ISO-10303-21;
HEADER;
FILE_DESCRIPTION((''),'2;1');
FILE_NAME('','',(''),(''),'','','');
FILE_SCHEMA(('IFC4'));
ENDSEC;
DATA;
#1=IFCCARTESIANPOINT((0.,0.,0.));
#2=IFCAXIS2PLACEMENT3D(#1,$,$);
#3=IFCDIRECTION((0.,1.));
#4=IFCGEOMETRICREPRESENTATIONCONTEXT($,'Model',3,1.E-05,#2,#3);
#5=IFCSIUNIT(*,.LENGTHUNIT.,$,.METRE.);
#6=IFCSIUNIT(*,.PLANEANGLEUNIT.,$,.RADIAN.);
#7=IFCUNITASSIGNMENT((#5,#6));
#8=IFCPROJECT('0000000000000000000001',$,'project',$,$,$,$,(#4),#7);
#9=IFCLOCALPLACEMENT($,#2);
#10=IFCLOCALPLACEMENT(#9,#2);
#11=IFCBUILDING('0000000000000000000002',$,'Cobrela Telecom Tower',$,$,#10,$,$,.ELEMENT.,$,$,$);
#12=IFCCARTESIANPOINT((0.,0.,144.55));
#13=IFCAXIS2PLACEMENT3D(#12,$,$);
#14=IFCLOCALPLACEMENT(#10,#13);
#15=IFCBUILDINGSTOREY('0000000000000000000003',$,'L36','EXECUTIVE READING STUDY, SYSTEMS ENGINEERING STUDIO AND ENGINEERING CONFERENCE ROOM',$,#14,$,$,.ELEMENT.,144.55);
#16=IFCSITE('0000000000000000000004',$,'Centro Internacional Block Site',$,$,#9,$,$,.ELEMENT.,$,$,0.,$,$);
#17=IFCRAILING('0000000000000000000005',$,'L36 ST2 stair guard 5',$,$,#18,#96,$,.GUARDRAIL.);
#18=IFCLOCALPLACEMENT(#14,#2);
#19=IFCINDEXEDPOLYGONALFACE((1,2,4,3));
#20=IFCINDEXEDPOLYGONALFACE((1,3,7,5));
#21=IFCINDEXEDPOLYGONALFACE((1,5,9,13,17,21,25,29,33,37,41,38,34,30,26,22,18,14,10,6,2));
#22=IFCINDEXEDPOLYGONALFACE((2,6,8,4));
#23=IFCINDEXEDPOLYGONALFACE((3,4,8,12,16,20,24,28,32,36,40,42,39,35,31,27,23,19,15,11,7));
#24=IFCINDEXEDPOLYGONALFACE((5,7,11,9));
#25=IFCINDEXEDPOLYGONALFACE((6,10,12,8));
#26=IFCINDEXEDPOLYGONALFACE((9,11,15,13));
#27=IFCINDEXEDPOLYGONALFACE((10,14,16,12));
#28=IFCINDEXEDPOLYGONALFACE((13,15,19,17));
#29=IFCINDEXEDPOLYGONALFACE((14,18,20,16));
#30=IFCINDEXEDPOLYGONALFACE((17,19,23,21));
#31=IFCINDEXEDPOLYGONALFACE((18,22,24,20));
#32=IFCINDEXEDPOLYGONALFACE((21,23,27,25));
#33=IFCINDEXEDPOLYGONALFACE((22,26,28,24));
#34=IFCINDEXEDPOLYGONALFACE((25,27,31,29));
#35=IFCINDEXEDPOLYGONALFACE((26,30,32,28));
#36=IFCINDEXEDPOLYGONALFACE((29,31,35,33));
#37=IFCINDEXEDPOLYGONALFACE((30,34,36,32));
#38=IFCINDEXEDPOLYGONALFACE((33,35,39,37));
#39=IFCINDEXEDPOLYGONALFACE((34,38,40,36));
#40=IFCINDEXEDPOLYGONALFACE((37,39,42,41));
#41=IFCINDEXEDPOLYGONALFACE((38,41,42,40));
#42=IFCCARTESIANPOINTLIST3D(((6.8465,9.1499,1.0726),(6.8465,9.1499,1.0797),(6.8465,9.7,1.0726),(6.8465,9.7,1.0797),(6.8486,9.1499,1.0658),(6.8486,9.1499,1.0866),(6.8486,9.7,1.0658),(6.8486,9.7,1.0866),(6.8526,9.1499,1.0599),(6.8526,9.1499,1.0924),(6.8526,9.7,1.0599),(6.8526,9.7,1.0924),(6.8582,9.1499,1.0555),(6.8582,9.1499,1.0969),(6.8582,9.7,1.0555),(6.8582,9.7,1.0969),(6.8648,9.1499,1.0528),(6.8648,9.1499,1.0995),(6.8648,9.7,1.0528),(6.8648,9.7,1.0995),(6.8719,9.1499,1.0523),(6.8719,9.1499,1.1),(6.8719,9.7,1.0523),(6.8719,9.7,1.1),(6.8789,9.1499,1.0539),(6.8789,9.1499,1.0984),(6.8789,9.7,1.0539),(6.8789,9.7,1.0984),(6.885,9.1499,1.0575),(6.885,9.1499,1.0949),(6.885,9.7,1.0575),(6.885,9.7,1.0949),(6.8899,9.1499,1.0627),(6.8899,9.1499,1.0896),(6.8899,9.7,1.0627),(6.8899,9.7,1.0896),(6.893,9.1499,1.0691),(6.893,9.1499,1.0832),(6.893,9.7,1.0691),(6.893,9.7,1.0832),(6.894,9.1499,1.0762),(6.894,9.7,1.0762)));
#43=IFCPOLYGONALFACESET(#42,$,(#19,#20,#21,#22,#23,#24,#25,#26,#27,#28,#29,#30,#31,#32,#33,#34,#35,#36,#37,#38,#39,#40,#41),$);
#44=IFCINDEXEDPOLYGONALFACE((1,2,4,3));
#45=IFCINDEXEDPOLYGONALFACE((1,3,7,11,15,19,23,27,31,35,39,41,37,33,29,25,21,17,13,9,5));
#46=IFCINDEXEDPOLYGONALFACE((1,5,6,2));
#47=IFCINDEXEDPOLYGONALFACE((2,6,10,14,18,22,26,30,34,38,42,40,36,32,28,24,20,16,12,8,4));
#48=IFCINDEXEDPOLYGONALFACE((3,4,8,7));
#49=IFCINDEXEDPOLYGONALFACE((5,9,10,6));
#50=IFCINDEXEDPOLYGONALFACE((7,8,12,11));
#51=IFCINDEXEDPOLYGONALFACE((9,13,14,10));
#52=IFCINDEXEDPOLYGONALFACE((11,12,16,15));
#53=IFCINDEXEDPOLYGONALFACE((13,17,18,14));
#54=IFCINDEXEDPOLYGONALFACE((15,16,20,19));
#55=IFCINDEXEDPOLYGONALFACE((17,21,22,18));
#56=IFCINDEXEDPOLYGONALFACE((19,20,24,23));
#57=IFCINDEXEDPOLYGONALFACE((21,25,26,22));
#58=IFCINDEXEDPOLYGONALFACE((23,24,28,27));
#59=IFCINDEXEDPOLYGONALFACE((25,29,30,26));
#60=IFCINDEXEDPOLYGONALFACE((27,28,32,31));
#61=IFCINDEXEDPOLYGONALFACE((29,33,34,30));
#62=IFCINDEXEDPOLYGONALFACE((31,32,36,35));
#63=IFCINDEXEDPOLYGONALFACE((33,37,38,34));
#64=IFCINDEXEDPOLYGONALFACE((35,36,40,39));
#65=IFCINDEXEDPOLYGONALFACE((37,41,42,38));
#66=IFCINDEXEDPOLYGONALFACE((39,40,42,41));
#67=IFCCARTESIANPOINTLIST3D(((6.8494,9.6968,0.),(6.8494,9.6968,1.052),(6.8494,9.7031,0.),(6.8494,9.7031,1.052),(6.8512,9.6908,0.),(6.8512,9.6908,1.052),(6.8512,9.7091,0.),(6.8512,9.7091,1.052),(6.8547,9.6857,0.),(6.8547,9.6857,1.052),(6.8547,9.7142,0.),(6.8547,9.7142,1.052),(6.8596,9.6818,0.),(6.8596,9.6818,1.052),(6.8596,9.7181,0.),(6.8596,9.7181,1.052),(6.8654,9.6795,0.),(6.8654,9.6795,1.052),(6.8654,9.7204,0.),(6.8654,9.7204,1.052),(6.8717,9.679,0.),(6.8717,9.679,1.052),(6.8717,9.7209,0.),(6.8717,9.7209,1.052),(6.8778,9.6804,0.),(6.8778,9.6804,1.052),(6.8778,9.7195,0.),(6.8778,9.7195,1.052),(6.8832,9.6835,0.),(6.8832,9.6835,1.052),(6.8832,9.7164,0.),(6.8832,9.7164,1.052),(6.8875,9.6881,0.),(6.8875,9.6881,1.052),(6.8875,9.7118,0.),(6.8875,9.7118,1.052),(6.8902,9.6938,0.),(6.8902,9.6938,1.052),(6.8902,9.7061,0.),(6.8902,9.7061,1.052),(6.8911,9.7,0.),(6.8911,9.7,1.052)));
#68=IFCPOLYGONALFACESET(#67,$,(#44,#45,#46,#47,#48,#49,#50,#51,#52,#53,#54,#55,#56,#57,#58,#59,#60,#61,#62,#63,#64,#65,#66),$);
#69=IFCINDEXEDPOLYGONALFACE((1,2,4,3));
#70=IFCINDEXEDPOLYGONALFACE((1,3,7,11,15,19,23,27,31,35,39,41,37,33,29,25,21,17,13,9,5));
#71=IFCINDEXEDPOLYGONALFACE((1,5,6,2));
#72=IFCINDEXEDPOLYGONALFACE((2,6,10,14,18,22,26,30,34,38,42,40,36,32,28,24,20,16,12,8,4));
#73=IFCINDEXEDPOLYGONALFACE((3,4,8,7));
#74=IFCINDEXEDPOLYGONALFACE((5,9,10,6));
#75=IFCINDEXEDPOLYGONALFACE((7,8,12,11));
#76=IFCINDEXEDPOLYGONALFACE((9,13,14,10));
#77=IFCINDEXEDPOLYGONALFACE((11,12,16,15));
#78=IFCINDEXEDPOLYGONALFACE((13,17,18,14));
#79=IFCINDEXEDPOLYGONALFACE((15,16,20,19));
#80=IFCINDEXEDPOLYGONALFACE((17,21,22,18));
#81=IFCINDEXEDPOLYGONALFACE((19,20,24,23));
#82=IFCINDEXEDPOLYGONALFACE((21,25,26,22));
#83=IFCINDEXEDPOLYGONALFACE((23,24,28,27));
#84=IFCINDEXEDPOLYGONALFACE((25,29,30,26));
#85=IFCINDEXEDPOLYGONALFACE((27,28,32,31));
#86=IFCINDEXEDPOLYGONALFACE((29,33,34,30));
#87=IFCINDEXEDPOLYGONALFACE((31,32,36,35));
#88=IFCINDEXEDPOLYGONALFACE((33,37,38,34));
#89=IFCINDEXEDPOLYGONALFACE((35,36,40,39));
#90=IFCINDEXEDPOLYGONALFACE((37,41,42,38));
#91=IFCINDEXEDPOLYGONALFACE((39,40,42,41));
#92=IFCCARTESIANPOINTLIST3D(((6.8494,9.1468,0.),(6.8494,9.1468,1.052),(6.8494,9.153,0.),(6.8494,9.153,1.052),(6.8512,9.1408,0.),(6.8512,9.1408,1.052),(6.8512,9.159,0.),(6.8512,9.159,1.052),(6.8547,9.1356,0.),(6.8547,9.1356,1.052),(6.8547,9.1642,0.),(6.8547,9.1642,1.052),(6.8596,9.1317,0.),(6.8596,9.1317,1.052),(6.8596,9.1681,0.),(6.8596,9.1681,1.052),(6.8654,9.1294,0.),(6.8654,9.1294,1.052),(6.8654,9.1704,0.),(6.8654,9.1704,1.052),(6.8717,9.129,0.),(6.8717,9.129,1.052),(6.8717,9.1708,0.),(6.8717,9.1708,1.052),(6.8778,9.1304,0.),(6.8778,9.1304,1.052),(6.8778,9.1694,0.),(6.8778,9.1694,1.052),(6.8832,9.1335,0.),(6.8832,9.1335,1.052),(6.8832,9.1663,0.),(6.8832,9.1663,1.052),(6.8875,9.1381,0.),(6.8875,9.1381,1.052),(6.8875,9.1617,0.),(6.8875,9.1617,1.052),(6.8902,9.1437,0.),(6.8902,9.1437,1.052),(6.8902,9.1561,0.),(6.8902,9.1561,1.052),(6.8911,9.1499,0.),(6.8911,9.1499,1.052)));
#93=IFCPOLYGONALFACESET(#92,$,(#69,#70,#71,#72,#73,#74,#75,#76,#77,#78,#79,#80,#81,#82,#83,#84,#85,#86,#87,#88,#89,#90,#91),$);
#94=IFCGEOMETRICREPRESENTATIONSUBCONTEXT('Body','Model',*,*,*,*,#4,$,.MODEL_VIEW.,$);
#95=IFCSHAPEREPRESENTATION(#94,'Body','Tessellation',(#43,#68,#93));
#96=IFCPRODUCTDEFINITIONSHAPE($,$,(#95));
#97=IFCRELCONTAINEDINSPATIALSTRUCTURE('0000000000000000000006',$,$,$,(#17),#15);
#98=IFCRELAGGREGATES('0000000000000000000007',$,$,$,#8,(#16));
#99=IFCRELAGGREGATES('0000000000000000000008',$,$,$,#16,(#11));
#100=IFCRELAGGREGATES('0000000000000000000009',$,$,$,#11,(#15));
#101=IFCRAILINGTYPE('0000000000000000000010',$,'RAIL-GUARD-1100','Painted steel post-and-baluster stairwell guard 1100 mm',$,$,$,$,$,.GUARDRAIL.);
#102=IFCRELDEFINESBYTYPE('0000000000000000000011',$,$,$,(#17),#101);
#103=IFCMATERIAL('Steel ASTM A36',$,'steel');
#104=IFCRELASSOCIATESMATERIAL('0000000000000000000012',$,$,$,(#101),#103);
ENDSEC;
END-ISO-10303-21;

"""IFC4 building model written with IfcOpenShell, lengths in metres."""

from ifc_helpers import new_model, si_unit, direction, frame, origin, origin_2d, place, context, subcontext, project, spatial, circle, extrude, material, type_object, element, save


model = new_model("IFC4")

# Units and contexts
model_context = context("Model", 3, precision=1e-05, world=origin(), true_north=direction((0.0, 1.0)))
body_context = subcontext(model_context, "Body", "Model", "MODEL_VIEW")
ifc_project = project(units=[si_unit("LENGTHUNIT", "METRE"), si_unit("PLANEANGLEUNIT", "RADIAN")], contexts=[model_context])

# Site, building, storey
site_placement = place(None, origin())
site = spatial("IfcSite", under=ifc_project, at=site_placement, Name="Centro Internacional Block Site", CompositionType="ELEMENT", RefElevation=0.0)
building_placement = place(site_placement, origin())
building = spatial("IfcBuilding", under=site, at=building_placement, Name="Cobrela Telecom Tower", CompositionType="ELEMENT")
storey_placement = place(building_placement, frame((0.0, 0.0, 144.55)))
storey = spatial("IfcBuildingStorey", under=building, at=storey_placement, Name="L36", Description="EXECUTIVE READING STUDY, SYSTEMS ENGINEERING STUDIO AND ENGINEERING CONFERENCE ROOM", CompositionType="ELEMENT", Elevation=144.55)

# Shared definitions
ifc_material_1 = material(Name="Steel ASTM A36", Category="steel")

# Railing
railing_type_1 = type_object("IfcRailingType", Name="RAIL-GUARD-1100", Description="Painted steel post-and-baluster stairwell guard 1100 mm", PredefinedType="GUARDRAIL", material=ifc_material_1)
railing_1_placement = place(storey_placement, frame((6.8701, 9.7, 0.0)))
element("IfcRailing", 1, at=railing_1_placement, inside=storey, type_object=railing_type_1, Name="L36 ST2 stair guard 5", PredefinedType="GUARDRAIL", context=body_context, shape_type="SweptSolid", body=[
    extrude(circle(Radius=0.0239, at=origin_2d()), frame((0.0, 0.0, 1.0762), z_axis=(0.0, -1.0, 0.0), x_axis=(1.0, 0.0, 0.0)), (0.0, 0.0, 1.0), 0.55),
    extrude(circle(Radius=0.021, at=origin_2d()), origin(), (0.0, 0.0, 1.0), 1.052),
    extrude(circle(Radius=0.021, at=origin_2d()), frame((0.0, -0.55, 0.0)), (0.0, 0.0, 1.0), 1.052),
])

save(model, "model.ifc")
